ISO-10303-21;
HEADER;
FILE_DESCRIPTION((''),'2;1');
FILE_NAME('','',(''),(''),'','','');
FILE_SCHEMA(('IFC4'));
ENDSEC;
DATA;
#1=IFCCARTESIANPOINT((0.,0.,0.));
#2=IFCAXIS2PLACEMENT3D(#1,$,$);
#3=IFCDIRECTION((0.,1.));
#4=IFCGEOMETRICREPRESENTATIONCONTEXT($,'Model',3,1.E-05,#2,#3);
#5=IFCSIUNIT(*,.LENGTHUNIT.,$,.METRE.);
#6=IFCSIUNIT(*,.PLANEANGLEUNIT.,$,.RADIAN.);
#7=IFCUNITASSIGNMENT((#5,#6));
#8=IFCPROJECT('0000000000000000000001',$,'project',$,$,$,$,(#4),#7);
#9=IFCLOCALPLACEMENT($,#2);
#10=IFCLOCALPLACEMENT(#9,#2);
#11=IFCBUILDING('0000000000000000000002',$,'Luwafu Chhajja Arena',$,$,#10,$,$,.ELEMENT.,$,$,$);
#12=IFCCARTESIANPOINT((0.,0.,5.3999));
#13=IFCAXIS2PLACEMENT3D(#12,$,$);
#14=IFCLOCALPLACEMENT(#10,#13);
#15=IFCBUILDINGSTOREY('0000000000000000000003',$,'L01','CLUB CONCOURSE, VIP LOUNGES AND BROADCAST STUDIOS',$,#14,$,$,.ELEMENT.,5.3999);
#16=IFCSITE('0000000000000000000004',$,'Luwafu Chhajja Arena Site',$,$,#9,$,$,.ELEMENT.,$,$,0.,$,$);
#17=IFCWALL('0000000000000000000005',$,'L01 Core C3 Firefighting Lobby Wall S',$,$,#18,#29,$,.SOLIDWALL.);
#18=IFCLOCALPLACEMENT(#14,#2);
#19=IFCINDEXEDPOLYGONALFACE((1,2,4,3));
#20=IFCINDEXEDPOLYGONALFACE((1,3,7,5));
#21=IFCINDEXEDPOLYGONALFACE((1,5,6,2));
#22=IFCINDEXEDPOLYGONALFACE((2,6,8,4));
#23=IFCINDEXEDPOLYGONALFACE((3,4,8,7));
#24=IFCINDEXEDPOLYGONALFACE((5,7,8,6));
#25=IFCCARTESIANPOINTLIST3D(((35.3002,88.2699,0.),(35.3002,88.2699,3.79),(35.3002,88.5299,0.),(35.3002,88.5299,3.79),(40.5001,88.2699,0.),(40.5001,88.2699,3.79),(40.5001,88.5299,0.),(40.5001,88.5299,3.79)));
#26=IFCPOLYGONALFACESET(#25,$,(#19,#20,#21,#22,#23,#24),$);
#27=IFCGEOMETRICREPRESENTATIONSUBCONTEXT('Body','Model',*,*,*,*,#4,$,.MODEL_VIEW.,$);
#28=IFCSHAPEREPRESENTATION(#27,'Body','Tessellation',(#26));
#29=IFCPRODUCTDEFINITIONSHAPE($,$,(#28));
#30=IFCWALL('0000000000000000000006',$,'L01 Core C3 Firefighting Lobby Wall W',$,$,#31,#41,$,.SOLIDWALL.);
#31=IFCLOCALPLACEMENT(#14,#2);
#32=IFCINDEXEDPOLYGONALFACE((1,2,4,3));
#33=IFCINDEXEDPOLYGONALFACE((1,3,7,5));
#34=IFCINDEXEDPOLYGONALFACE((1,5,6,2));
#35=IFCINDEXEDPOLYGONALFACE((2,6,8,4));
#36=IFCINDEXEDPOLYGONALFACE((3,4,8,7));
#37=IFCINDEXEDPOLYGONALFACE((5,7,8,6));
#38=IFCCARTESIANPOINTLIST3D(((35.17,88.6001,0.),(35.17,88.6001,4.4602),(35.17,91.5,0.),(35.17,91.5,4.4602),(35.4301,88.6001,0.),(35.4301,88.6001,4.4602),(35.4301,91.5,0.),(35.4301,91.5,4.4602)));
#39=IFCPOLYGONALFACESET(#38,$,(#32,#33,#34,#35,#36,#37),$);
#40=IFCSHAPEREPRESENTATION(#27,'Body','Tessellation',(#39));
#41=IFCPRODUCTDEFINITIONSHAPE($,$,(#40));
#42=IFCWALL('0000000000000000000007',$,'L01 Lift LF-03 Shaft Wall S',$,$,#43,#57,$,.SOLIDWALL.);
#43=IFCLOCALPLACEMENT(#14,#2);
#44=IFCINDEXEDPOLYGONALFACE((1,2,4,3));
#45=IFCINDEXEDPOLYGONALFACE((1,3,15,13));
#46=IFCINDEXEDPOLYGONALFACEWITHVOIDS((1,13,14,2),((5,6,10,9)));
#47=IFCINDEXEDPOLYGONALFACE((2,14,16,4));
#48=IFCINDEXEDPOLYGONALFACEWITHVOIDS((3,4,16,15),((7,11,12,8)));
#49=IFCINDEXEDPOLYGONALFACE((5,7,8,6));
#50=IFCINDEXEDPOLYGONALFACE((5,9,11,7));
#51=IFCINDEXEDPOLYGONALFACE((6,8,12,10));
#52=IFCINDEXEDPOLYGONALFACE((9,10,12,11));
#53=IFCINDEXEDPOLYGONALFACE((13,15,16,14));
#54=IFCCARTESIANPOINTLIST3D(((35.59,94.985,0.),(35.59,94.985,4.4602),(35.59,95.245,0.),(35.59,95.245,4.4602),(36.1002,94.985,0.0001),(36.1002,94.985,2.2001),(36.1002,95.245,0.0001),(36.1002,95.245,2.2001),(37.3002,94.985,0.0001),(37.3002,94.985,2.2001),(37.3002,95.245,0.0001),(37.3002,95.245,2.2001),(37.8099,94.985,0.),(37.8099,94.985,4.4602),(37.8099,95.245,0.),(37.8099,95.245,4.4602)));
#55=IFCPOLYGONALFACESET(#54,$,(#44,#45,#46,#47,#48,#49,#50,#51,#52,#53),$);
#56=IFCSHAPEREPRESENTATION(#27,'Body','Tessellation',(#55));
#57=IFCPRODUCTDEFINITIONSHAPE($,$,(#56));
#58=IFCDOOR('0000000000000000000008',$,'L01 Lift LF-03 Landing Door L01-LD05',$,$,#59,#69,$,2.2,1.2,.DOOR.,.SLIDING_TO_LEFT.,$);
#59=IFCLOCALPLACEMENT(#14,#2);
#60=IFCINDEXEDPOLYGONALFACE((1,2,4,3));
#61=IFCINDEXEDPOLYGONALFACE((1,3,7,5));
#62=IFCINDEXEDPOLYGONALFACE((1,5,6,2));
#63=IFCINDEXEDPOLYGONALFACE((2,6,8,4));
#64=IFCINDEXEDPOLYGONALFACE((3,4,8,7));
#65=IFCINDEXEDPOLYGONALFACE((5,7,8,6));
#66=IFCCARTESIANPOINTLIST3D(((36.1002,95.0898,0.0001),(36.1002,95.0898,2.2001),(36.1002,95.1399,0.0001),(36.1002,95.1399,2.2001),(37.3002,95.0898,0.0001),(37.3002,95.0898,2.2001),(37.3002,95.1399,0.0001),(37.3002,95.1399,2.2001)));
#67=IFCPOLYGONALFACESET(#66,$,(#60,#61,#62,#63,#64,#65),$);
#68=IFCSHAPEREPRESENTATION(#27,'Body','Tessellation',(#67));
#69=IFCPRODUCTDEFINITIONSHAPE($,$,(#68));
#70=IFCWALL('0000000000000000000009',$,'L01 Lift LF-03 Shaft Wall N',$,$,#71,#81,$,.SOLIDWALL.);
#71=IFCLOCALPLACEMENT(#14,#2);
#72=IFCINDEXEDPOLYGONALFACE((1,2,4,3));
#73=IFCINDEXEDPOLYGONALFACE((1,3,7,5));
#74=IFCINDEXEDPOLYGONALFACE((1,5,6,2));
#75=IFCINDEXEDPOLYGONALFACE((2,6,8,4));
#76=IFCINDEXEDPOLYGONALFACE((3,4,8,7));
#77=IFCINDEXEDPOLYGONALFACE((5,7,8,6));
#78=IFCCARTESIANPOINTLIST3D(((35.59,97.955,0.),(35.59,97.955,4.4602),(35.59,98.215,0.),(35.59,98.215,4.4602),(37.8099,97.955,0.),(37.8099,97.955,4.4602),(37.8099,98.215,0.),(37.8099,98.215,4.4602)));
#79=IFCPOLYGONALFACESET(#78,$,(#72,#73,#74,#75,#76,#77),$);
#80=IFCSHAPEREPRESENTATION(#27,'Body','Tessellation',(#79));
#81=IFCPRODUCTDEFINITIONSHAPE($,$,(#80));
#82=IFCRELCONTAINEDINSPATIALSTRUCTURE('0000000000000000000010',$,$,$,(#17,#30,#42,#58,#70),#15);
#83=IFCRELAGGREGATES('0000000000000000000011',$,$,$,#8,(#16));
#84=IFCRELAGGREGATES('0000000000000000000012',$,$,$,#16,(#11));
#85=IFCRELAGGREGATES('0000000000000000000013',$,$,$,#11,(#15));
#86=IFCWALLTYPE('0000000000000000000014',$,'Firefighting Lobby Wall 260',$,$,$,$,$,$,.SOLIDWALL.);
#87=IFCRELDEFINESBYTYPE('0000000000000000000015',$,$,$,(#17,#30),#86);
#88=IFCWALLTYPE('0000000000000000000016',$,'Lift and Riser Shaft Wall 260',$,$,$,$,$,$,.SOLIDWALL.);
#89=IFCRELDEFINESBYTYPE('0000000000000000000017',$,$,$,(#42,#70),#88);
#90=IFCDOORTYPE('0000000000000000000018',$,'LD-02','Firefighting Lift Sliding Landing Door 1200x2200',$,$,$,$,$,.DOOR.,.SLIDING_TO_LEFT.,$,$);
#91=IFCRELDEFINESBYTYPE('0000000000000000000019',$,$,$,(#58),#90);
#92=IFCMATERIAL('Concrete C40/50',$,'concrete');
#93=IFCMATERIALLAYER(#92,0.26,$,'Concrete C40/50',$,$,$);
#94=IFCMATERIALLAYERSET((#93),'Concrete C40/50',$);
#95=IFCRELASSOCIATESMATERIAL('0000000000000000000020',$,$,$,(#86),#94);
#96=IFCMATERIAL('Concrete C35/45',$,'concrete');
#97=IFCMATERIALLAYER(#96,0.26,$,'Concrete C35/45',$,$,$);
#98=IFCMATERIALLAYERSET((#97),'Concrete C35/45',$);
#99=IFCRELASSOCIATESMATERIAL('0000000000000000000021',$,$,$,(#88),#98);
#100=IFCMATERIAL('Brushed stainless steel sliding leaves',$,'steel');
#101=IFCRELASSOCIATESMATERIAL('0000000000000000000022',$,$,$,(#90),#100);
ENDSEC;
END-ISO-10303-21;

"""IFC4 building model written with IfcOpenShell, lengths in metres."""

from ifc_helpers import new_model, si_unit, direction, frame, frame_2d, origin, place, context, subcontext, project, spatial, rectangle, extrude, material, layer, layer_set, type_object, element, fill, save


model = new_model("IFC4")

# Units and contexts
model_context = context("Model", 3, precision=1e-05, world=origin(), true_north=direction((0.0, 1.0)))
body_context = subcontext(model_context, "Body", "Model", "MODEL_VIEW")
ifc_project = project(units=[si_unit("LENGTHUNIT", "METRE"), si_unit("PLANEANGLEUNIT", "RADIAN")], contexts=[model_context])

# Site, building, storey
site_placement = place(None, origin())
site = spatial("IfcSite", under=ifc_project, at=site_placement, Name="Luwafu Chhajja Arena Site", CompositionType="ELEMENT", RefElevation=0.0)
building_placement = place(site_placement, origin())
building = spatial("IfcBuilding", under=site, at=building_placement, Name="Luwafu Chhajja Arena", CompositionType="ELEMENT")
storey_placement = place(building_placement, frame((0.0, 0.0, 5.3999)))
storey = spatial("IfcBuildingStorey", under=building, at=storey_placement, Name="L01", Description="CLUB CONCOURSE, VIP LOUNGES AND BROADCAST STUDIOS", CompositionType="ELEMENT", Elevation=5.3999)

# Shared definitions
ifc_material_1 = material(Name="Concrete C35/45", Category="concrete")

# Shared definitions
ifc_material_2 = material(Name="Concrete C40/50", Category="concrete")
ifc_layer_1 = layer(ifc_material_2, 0.26, Name="Concrete C40/50")
ifc_layer_set_1 = layer_set([ifc_layer_1], Name="Concrete C40/50")
wall_type_1 = type_object("IfcWallType", Name="Firefighting Lobby Wall 260", PredefinedType="SOLIDWALL", material=ifc_layer_set_1)

# Walls
wall_1_placement = place(storey_placement, frame((35.3, 88.3999, 0.0), z_axis=(0.0, 0.0, 1.0), x_axis=(1.0, 0.0, 0.0)))
element("IfcWall", 1, at=wall_1_placement, inside=storey, type_object=wall_type_1, Name="L01 Core C3 Firefighting Lobby Wall S", PredefinedType="SOLIDWALL", context=body_context, shape_type="SweptSolid", body=[
    extrude(rectangle(XDim=5.2, YDim=0.26, at=frame_2d((2.6001, 0.0))), origin(), (0.0, 0.0, 1.0), 3.79),
])
wall_2_placement = place(storey_placement, frame((35.3, 88.6001, 0.0), z_axis=(0.0, 0.0, 1.0), x_axis=(0.0, 1.0, 0.0)))
element("IfcWall", 2, at=wall_2_placement, inside=storey, type_object=wall_type_1, Name="L01 Core C3 Firefighting Lobby Wall W", PredefinedType="SOLIDWALL", context=body_context, shape_type="SweptSolid", body=[
    extrude(rectangle(XDim=2.8999, YDim=0.26, at=frame_2d((1.45, 0.0))), origin(), (0.0, 0.0, 1.0), 4.4602),
])

# Wall, opening, door
ifc_layer_2 = layer(ifc_material_1, 0.26, Name="Concrete C35/45")
ifc_layer_set_2 = layer_set([ifc_layer_2], Name="Concrete C35/45")
wall_type_2 = type_object("IfcWallType", Name="Lift and Riser Shaft Wall 260", PredefinedType="SOLIDWALL", material=ifc_layer_set_2)
wall_3_placement = place(storey_placement, frame((35.5901, 95.115, 0.0), z_axis=(0.0, 0.0, 1.0), x_axis=(1.0, 0.0, 0.0)))
wall_3 = element("IfcWall", 3, at=wall_3_placement, inside=storey, type_object=wall_type_2, Name="L01 Lift LF-03 Shaft Wall S", PredefinedType="SOLIDWALL", context=body_context, shape_type="SweptSolid", body=[
    extrude(rectangle(XDim=2.22, YDim=0.26, at=frame_2d((1.1099, 0.0))), origin(), (0.0, 0.0, 1.0), 4.4602),
])
opening_1_placement = place(wall_3_placement, frame((0.51, 0.0, 0.0)))
opening_1 = element("IfcOpeningElement", 4, at=opening_1_placement, cuts=wall_3, PredefinedType="OPENING", context=body_context, shape_type="SweptSolid", body=[
    extrude(rectangle(XDim=1.2, YDim=2.2, at=frame_2d((0.6001, 1.1001))), frame((0.0, 0.1399, 0.0), z_axis=(0.0, -1.0, 0.0), x_axis=(1.0, 0.0, 0.0)), (0.0, 0.0, 1.0), 0.28),
])
ifc_material_3 = material(Name="Brushed stainless steel sliding leaves", Category="steel")
door_type_1 = type_object("IfcDoorType", Name="LD-02", Description="Firefighting Lift Sliding Landing Door 1200x2200", OperationType="SLIDING_TO_LEFT", PredefinedType="DOOR", material=ifc_material_3)
door_1_placement = place(opening_1_placement, origin())
door_1 = element("IfcDoor", 5, at=door_1_placement, inside=storey, type_object=door_type_1, Name="L01 Lift LF-03 Landing Door L01-LD05", OperationType="SLIDING_TO_LEFT", OverallHeight=2.2, OverallWidth=1.2, PredefinedType="DOOR", context=body_context, shape_type="SweptSolid", body=[
    extrude(rectangle(XDim=1.2, YDim=2.2, at=frame_2d((0.6001, 1.1001))), frame((0.0, 0.0249, 0.0), z_axis=(0.0, -1.0, 0.0), x_axis=(1.0, 0.0, 0.0)), (0.0, 0.0, 1.0), 0.05),
])
fill(opening_1, door_1)

# Wall
wall_4_placement = place(storey_placement, frame((35.5901, 98.085, 0.0), z_axis=(0.0, 0.0, 1.0), x_axis=(1.0, 0.0, 0.0)))
element("IfcWall", 6, at=wall_4_placement, inside=storey, type_object=wall_type_2, Name="L01 Lift LF-03 Shaft Wall N", PredefinedType="SOLIDWALL", context=body_context, shape_type="SweptSolid", body=[
    extrude(rectangle(XDim=2.22, YDim=0.26, at=frame_2d((1.1099, 0.0))), origin(), (0.0, 0.0, 1.0), 4.4602),
])

save(model, "model.ifc")
